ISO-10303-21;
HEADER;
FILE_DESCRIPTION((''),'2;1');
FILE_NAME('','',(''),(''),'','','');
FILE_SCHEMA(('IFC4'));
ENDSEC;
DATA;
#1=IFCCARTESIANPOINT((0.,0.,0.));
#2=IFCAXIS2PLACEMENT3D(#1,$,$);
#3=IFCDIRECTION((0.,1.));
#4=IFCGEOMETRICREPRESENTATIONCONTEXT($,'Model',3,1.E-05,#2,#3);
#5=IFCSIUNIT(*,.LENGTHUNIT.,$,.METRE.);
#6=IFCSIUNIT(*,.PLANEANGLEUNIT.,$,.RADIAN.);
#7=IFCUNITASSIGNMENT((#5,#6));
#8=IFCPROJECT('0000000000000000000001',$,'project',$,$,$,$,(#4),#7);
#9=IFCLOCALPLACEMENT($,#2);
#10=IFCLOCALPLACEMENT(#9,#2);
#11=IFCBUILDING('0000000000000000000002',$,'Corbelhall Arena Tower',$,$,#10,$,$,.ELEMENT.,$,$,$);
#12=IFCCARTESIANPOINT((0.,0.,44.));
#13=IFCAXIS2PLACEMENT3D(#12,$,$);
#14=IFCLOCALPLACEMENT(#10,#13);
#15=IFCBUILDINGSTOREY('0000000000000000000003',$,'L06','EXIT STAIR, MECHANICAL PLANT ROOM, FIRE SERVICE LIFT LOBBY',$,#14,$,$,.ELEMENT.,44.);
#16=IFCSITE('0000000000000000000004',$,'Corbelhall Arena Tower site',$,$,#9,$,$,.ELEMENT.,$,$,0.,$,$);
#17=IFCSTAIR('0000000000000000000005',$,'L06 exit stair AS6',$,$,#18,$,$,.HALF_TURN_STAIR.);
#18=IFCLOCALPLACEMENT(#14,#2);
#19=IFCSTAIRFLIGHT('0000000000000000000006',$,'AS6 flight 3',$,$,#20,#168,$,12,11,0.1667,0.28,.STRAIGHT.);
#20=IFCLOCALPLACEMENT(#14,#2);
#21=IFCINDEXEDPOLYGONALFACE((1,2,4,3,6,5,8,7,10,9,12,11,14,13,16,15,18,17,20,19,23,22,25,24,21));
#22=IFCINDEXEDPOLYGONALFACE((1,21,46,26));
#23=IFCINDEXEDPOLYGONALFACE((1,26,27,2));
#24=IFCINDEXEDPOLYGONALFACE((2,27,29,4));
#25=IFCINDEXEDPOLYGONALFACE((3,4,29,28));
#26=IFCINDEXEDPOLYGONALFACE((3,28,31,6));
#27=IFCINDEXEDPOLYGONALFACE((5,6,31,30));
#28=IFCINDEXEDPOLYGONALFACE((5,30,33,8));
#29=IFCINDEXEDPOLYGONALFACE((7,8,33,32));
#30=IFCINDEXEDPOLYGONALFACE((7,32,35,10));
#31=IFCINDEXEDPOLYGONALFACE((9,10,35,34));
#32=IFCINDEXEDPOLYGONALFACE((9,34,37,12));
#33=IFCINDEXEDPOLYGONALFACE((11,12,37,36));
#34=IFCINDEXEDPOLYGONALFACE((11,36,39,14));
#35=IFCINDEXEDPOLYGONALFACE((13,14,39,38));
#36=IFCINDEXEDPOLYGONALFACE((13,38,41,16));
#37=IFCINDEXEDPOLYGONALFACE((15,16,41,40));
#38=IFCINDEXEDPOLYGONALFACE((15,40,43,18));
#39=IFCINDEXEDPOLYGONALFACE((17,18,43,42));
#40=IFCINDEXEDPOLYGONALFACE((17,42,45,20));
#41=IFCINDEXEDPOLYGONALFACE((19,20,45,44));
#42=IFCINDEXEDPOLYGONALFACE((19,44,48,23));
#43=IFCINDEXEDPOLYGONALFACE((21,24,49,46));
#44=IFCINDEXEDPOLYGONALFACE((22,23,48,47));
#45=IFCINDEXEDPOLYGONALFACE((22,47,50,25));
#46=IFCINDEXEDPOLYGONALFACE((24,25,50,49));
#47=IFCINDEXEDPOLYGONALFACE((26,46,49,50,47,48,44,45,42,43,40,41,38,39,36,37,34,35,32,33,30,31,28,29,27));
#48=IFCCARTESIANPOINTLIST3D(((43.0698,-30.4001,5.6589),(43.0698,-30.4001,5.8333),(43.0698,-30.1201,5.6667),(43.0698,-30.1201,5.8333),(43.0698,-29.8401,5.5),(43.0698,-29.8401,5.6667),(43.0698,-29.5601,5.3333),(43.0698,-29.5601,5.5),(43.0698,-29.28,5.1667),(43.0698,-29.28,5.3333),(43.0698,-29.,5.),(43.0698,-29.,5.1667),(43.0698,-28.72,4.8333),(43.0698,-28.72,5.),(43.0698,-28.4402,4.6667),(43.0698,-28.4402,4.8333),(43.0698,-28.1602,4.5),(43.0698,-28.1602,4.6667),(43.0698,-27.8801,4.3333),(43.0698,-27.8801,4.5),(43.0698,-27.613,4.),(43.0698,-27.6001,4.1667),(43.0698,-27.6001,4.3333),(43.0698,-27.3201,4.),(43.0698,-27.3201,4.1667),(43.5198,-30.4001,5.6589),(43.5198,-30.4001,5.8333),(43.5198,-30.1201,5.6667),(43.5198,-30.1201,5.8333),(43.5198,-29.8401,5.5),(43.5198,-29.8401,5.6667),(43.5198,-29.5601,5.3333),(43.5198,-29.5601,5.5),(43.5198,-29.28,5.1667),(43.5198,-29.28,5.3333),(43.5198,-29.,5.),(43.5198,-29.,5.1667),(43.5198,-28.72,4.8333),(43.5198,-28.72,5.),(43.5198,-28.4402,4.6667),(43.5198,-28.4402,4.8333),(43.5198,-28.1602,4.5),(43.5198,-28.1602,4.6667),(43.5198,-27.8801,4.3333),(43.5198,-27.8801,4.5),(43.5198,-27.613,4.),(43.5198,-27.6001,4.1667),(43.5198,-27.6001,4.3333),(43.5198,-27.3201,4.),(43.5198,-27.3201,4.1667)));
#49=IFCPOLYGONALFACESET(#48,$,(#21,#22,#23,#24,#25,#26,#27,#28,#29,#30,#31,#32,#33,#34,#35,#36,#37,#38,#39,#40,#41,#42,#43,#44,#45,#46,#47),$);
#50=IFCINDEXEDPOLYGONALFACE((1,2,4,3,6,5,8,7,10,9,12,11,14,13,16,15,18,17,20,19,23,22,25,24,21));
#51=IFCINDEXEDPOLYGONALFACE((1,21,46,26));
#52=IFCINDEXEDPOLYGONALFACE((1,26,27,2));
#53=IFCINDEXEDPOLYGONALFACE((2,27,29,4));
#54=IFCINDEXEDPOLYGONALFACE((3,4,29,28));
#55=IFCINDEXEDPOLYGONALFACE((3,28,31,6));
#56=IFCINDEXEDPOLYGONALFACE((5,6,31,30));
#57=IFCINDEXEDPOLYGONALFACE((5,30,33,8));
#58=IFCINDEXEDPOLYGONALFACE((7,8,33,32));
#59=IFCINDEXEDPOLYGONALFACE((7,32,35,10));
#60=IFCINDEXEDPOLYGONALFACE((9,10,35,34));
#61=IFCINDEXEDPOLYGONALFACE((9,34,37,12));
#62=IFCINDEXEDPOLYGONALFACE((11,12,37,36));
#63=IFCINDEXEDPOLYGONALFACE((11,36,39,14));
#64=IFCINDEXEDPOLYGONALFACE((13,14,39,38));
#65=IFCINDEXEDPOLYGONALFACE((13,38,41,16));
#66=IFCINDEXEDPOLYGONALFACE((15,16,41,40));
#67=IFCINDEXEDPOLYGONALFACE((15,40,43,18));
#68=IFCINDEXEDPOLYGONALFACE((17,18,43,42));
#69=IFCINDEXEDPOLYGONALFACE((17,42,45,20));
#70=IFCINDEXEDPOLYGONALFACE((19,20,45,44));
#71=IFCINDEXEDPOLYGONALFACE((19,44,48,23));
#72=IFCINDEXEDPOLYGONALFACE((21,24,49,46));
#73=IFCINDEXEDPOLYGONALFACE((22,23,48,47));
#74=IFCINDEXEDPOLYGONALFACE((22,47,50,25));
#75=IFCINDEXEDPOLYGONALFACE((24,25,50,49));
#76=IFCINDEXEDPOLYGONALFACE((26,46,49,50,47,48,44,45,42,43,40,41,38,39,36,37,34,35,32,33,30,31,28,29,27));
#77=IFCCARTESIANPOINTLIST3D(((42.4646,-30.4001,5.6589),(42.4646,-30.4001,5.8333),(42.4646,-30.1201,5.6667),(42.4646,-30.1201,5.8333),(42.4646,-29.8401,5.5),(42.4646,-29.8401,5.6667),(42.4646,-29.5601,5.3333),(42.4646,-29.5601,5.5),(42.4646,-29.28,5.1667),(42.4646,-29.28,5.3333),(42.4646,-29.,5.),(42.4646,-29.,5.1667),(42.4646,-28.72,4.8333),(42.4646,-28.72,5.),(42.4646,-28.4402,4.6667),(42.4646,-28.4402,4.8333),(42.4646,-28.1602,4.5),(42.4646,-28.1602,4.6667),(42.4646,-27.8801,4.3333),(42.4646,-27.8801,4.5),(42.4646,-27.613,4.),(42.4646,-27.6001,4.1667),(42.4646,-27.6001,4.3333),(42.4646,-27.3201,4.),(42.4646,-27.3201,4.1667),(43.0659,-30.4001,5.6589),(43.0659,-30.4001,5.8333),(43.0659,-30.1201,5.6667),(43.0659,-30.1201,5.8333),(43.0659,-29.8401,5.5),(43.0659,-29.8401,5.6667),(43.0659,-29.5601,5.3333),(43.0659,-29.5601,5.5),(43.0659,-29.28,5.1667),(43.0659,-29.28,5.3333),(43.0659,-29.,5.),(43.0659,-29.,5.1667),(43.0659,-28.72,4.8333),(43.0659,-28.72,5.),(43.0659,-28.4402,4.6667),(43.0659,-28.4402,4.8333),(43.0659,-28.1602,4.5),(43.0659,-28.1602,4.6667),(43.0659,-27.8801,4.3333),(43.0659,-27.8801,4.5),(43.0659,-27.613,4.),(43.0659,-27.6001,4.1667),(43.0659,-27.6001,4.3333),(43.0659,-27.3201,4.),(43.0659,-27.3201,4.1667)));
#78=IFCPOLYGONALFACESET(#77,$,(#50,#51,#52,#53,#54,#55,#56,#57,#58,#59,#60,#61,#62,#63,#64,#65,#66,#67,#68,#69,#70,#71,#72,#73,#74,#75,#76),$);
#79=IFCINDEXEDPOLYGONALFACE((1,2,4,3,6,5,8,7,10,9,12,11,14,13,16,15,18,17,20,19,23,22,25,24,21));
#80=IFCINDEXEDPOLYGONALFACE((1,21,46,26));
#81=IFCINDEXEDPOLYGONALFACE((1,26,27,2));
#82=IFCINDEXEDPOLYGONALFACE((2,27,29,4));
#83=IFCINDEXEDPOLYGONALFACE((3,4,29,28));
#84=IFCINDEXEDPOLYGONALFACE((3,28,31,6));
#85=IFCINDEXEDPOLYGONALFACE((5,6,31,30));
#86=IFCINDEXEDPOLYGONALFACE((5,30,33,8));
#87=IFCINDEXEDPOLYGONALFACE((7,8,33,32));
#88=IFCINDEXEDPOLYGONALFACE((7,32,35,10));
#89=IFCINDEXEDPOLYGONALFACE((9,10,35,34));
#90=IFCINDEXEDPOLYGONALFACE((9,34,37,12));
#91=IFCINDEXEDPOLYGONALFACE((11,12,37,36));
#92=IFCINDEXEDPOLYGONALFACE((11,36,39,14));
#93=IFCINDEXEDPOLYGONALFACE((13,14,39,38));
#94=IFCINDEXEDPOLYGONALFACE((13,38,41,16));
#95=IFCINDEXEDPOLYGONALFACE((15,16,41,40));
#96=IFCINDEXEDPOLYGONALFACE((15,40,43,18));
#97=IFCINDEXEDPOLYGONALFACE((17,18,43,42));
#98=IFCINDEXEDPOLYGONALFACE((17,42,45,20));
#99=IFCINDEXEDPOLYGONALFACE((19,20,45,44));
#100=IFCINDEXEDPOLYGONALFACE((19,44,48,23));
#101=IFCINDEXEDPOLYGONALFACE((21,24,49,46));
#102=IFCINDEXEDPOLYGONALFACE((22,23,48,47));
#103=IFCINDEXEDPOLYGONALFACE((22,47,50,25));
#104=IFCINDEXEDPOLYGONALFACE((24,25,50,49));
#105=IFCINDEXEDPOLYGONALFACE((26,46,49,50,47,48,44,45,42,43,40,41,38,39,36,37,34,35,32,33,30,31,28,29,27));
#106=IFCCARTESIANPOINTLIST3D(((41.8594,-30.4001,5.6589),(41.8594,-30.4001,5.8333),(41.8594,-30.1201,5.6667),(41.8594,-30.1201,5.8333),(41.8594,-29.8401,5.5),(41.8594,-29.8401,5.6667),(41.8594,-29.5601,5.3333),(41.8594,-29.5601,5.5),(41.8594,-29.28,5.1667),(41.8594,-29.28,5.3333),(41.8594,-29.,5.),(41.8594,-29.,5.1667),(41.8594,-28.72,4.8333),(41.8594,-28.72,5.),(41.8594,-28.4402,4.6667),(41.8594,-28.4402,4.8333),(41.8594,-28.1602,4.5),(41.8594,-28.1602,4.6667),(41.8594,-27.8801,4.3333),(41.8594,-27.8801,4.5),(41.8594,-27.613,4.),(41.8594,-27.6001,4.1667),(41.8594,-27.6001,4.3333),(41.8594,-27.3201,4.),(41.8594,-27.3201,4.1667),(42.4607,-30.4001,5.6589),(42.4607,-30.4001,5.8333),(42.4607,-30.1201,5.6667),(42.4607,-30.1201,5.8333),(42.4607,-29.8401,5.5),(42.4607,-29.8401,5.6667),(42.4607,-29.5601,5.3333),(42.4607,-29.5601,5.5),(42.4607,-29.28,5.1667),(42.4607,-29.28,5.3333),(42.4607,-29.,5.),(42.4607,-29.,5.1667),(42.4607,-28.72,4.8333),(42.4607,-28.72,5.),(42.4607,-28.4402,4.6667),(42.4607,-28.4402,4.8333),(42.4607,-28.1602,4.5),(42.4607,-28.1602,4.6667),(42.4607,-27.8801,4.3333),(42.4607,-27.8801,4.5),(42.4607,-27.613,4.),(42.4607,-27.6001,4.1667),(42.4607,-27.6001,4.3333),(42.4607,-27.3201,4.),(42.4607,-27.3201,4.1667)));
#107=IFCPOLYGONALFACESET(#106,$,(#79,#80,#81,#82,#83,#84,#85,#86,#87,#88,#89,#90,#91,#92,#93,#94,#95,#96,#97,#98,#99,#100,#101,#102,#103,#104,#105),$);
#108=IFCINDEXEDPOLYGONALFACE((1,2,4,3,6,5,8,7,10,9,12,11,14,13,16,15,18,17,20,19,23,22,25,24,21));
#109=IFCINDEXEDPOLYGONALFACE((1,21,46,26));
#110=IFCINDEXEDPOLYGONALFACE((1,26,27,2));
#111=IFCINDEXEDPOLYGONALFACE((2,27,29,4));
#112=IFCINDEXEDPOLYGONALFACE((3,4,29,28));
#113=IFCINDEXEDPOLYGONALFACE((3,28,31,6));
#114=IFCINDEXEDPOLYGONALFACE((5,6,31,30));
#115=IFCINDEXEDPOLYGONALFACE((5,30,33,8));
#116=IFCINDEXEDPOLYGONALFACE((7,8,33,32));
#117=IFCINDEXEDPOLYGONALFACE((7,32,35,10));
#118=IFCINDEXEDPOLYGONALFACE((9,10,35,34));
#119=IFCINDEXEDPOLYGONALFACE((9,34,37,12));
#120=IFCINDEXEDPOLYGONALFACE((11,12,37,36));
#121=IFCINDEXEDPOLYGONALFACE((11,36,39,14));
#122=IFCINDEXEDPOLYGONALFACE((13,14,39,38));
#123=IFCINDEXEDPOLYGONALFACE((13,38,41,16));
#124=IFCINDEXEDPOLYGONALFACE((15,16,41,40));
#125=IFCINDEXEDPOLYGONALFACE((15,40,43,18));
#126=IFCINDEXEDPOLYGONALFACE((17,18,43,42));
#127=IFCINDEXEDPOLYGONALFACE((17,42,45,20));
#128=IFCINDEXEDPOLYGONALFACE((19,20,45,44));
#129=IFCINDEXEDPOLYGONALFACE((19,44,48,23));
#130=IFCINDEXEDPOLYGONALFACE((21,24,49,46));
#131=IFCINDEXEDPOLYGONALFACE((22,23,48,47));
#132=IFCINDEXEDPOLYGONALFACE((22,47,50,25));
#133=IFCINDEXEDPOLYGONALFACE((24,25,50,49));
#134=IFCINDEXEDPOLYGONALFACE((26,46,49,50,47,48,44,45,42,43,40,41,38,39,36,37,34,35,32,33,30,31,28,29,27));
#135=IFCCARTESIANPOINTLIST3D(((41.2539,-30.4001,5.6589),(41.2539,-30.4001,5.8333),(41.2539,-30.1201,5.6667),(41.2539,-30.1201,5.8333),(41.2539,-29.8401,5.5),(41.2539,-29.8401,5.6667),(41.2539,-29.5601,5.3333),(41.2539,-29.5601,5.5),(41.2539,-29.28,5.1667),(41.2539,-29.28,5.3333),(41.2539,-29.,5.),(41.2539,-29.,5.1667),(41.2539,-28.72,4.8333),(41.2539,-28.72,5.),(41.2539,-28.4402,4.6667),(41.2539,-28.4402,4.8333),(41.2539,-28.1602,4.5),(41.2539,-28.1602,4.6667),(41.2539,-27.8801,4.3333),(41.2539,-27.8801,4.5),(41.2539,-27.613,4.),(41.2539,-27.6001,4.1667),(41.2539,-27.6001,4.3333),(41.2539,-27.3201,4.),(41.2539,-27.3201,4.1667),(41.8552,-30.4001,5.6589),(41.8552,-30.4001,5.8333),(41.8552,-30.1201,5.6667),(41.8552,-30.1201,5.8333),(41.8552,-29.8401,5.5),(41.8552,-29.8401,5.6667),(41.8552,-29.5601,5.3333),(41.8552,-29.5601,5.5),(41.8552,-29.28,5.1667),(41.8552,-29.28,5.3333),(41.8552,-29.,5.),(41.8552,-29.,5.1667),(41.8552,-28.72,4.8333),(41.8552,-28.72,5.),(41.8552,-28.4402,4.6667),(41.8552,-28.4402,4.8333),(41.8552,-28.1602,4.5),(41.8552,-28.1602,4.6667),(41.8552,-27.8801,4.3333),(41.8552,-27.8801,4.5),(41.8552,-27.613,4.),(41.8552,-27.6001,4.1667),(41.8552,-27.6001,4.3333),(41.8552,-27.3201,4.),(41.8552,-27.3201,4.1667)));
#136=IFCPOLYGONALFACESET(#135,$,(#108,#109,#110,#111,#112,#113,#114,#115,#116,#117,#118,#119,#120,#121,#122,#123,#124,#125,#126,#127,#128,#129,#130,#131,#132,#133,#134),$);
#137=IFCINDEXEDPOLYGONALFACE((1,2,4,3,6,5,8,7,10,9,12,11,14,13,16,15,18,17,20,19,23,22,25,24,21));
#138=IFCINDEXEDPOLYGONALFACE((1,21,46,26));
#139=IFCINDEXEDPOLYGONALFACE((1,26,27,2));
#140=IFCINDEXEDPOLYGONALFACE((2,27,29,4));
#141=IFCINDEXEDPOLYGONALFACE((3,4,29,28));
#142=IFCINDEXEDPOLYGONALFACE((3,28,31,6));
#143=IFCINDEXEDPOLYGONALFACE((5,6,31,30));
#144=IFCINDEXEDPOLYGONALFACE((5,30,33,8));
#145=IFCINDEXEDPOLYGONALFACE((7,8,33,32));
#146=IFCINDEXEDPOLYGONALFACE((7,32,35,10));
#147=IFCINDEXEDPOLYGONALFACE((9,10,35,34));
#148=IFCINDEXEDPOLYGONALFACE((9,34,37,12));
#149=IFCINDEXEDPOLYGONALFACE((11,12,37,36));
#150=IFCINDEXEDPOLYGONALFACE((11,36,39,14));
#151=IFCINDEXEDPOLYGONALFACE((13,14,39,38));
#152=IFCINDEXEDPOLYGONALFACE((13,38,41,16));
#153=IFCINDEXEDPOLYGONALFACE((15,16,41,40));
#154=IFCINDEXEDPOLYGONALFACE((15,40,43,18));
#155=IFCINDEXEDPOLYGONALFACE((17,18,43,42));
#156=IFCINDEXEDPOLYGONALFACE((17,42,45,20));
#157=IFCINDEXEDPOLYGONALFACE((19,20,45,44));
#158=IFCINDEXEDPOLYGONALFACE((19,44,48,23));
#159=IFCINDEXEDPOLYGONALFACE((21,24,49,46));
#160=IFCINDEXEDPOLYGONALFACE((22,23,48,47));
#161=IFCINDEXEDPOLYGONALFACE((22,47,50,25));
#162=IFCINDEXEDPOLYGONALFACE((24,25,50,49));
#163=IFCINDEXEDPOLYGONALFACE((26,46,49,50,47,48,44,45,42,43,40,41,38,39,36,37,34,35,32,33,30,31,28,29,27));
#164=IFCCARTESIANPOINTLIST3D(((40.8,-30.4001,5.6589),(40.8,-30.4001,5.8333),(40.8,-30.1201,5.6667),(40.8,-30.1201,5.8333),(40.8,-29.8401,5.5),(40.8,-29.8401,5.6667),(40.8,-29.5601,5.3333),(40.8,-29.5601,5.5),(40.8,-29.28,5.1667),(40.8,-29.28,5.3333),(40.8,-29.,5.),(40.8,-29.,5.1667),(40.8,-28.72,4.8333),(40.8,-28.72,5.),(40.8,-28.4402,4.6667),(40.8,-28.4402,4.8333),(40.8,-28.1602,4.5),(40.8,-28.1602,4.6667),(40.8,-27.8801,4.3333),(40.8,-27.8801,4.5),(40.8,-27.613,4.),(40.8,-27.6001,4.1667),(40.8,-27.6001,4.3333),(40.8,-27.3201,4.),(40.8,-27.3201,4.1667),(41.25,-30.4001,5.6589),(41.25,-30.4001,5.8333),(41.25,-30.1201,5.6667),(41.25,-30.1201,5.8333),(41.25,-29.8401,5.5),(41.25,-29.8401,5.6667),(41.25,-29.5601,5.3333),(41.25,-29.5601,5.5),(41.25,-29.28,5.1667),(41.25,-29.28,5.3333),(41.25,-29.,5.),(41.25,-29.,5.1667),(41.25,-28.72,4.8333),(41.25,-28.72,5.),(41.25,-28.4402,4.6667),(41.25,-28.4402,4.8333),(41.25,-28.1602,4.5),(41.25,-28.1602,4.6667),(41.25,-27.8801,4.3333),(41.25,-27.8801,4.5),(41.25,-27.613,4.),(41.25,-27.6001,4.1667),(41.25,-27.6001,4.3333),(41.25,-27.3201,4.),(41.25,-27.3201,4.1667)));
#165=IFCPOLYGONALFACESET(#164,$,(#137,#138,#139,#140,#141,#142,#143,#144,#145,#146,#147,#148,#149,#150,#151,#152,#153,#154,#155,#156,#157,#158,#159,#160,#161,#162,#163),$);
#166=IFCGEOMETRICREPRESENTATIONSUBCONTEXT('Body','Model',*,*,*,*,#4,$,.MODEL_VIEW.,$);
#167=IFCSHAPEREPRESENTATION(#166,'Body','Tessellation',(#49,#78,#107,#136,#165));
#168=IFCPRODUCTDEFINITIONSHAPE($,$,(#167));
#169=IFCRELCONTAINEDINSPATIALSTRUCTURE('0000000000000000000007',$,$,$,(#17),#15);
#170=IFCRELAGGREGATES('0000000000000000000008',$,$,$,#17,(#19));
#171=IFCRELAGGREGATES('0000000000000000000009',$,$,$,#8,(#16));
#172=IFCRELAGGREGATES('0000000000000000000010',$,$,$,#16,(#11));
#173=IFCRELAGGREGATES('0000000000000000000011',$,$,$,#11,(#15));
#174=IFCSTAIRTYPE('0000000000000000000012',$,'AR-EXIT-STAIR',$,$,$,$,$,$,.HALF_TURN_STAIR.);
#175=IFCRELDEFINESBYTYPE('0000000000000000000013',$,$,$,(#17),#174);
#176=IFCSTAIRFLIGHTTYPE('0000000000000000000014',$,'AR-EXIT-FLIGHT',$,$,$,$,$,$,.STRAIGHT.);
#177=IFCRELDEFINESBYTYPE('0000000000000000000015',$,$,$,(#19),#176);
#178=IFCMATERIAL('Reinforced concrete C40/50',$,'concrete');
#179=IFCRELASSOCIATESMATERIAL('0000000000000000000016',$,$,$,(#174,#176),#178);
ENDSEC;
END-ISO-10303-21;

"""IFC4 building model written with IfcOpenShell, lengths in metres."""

from ifc_helpers import new_model, si_unit, direction, frame, origin, place, context, subcontext, project, spatial, polyline, outline, extrude, material, type_object, element, aggregate, save


model = new_model("IFC4")

# Units and contexts
model_context = context("Model", 3, precision=1e-05, world=origin(), true_north=direction((0.0, 1.0)))
body_context = subcontext(model_context, "Body", "Model", "MODEL_VIEW")
ifc_project = project(units=[si_unit("LENGTHUNIT", "METRE"), si_unit("PLANEANGLEUNIT", "RADIAN")], contexts=[model_context])

# Site, building, storey
site_placement = place(None, origin())
site = spatial("IfcSite", under=ifc_project, at=site_placement, Name="Corbelhall Arena Tower site", CompositionType="ELEMENT", RefElevation=0.0)
building_placement = place(site_placement, origin())
building = spatial("IfcBuilding", under=site, at=building_placement, Name="Corbelhall Arena Tower", CompositionType="ELEMENT")
storey_placement = place(building_placement, frame((0.0, 0.0, 44.0)))
storey = spatial("IfcBuildingStorey", under=building, at=storey_placement, Name="L06", Description="EXIT STAIR, MECHANICAL PLANT ROOM, FIRE SERVICE LIFT LOBBY", CompositionType="ELEMENT", Elevation=44.0)

# Shared definitions
ifc_material_1 = material(Name="Reinforced concrete C40/50", Category="concrete")

# Stair, stair flight
stair_type = type_object("IfcStairType", Name="AR-EXIT-STAIR", PredefinedType="HALF_TURN_STAIR", material=ifc_material_1)
stair_flight_type = type_object("IfcStairFlightType", Name="AR-EXIT-FLIGHT", PredefinedType="STRAIGHT", material=ifc_material_1)
stair_1_placement = place(storey_placement, origin())
stair_1 = element("IfcStair", 1, at=stair_1_placement, inside=storey, type_object=stair_type, Name="L06 exit stair AS6", PredefinedType="HALF_TURN_STAIR")
stair_flight_1_placement = place(storey_placement, frame((42.1599, -27.3201, 4.0), z_axis=(0.0, 0.0, 1.0), x_axis=(0.0, -1.0, 0.0)))
stair_flight_1 = element("IfcStairFlight", 2, at=stair_flight_1_placement, type_object=stair_flight_type, Name="AS6 flight 3", NumberOfRisers=12, NumberOfTreads=11, PredefinedType="STRAIGHT", RiserHeight=0.1667, TreadLength=0.28, context=body_context, shape_type="SweptSolid", body=[
    extrude(outline(polyline([(0.0, 0.0), (0.0, 0.1667), (0.28, 0.1667), (0.28, 0.3333), (0.5601, 0.3333), (0.5601, 0.5), (0.8401, 0.5), (0.8401, 0.6667), (1.1201, 0.6667), (1.1201, 0.8333), (1.3999, 0.8333), (1.3999, 1.0), (1.6799, 1.0), (1.6799, 1.1667), (1.96, 1.1667), (1.96, 1.3333), (2.24, 1.3333), (2.24, 1.5), (2.52, 1.5), (2.52, 1.6667), (2.8, 1.6667), (2.8, 1.8333), (3.0801, 1.8333), (3.0801, 2.0), (3.0801, 1.6589), (0.293, 0.0), (0.0, 0.0)])), frame((0.0, 1.3599, 0.0), z_axis=(0.0, -1.0, 0.0), x_axis=(1.0, 0.0, 0.0)), (0.0, 0.0, 1.0), 0.45),
    extrude(outline(polyline([(0.0, 0.0), (0.0, 0.1667), (0.28, 0.1667), (0.28, 0.3333), (0.5601, 0.3333), (0.5601, 0.5), (0.8401, 0.5), (0.8401, 0.6667), (1.1201, 0.6667), (1.1201, 0.8333), (1.3999, 0.8333), (1.3999, 1.0), (1.6799, 1.0), (1.6799, 1.1667), (1.96, 1.1667), (1.96, 1.3333), (2.24, 1.3333), (2.24, 1.5), (2.52, 1.5), (2.52, 1.6667), (2.8, 1.6667), (2.8, 1.8333), (3.0801, 1.8333), (3.0801, 2.0), (3.0801, 1.6589), (0.293, 0.0), (0.0, 0.0)])), frame((0.0, 0.906, 0.0), z_axis=(0.0, -1.0, 0.0), x_axis=(1.0, 0.0, 0.0)), (0.0, 0.0, 1.0), 0.6013),
    extrude(outline(polyline([(0.0, 0.0), (0.0, 0.1667), (0.28, 0.1667), (0.28, 0.3333), (0.5601, 0.3333), (0.5601, 0.5), (0.8401, 0.5), (0.8401, 0.6667), (1.1201, 0.6667), (1.1201, 0.8333), (1.3999, 0.8333), (1.3999, 1.0), (1.6799, 1.0), (1.6799, 1.1667), (1.96, 1.1667), (1.96, 1.3333), (2.24, 1.3333), (2.24, 1.5), (2.52, 1.5), (2.52, 1.6667), (2.8, 1.6667), (2.8, 1.8333), (3.0801, 1.8333), (3.0801, 2.0), (3.0801, 1.6589), (0.293, 0.0), (0.0, 0.0)])), frame((0.0, 0.3008, 0.0), z_axis=(0.0, -1.0, 0.0), x_axis=(1.0, 0.0, 0.0)), (0.0, 0.0, 1.0), 0.6013),
    extrude(outline(polyline([(0.0, 0.0), (0.0, 0.1667), (0.28, 0.1667), (0.28, 0.3333), (0.5601, 0.3333), (0.5601, 0.5), (0.8401, 0.5), (0.8401, 0.6667), (1.1201, 0.6667), (1.1201, 0.8333), (1.3999, 0.8333), (1.3999, 1.0), (1.6799, 1.0), (1.6799, 1.1667), (1.96, 1.1667), (1.96, 1.3333), (2.24, 1.3333), (2.24, 1.5), (2.52, 1.5), (2.52, 1.6667), (2.8, 1.6667), (2.8, 1.8333), (3.0801, 1.8333), (3.0801, 2.0), (3.0801, 1.6589), (0.293, 0.0), (0.0, 0.0)])), frame((0.0, -0.3047, 0.0), z_axis=(0.0, -1.0, 0.0), x_axis=(1.0, 0.0, 0.0)), (0.0, 0.0, 1.0), 0.6013),
    extrude(outline(polyline([(0.0, 0.0), (0.0, 0.1667), (0.28, 0.1667), (0.28, 0.3333), (0.5601, 0.3333), (0.5601, 0.5), (0.8401, 0.5), (0.8401, 0.6667), (1.1201, 0.6667), (1.1201, 0.8333), (1.3999, 0.8333), (1.3999, 1.0), (1.6799, 1.0), (1.6799, 1.1667), (1.96, 1.1667), (1.96, 1.3333), (2.24, 1.3333), (2.24, 1.5), (2.52, 1.5), (2.52, 1.6667), (2.8, 1.6667), (2.8, 1.8333), (3.0801, 1.8333), (3.0801, 2.0), (3.0801, 1.6589), (0.293, 0.0), (0.0, 0.0)])), frame((0.0, -0.9099, 0.0), z_axis=(0.0, -1.0, 0.0), x_axis=(1.0, 0.0, 0.0)), (0.0, 0.0, 1.0), 0.45),
])
aggregate(stair_1, [stair_flight_1])

save(model, "model.ifc")
